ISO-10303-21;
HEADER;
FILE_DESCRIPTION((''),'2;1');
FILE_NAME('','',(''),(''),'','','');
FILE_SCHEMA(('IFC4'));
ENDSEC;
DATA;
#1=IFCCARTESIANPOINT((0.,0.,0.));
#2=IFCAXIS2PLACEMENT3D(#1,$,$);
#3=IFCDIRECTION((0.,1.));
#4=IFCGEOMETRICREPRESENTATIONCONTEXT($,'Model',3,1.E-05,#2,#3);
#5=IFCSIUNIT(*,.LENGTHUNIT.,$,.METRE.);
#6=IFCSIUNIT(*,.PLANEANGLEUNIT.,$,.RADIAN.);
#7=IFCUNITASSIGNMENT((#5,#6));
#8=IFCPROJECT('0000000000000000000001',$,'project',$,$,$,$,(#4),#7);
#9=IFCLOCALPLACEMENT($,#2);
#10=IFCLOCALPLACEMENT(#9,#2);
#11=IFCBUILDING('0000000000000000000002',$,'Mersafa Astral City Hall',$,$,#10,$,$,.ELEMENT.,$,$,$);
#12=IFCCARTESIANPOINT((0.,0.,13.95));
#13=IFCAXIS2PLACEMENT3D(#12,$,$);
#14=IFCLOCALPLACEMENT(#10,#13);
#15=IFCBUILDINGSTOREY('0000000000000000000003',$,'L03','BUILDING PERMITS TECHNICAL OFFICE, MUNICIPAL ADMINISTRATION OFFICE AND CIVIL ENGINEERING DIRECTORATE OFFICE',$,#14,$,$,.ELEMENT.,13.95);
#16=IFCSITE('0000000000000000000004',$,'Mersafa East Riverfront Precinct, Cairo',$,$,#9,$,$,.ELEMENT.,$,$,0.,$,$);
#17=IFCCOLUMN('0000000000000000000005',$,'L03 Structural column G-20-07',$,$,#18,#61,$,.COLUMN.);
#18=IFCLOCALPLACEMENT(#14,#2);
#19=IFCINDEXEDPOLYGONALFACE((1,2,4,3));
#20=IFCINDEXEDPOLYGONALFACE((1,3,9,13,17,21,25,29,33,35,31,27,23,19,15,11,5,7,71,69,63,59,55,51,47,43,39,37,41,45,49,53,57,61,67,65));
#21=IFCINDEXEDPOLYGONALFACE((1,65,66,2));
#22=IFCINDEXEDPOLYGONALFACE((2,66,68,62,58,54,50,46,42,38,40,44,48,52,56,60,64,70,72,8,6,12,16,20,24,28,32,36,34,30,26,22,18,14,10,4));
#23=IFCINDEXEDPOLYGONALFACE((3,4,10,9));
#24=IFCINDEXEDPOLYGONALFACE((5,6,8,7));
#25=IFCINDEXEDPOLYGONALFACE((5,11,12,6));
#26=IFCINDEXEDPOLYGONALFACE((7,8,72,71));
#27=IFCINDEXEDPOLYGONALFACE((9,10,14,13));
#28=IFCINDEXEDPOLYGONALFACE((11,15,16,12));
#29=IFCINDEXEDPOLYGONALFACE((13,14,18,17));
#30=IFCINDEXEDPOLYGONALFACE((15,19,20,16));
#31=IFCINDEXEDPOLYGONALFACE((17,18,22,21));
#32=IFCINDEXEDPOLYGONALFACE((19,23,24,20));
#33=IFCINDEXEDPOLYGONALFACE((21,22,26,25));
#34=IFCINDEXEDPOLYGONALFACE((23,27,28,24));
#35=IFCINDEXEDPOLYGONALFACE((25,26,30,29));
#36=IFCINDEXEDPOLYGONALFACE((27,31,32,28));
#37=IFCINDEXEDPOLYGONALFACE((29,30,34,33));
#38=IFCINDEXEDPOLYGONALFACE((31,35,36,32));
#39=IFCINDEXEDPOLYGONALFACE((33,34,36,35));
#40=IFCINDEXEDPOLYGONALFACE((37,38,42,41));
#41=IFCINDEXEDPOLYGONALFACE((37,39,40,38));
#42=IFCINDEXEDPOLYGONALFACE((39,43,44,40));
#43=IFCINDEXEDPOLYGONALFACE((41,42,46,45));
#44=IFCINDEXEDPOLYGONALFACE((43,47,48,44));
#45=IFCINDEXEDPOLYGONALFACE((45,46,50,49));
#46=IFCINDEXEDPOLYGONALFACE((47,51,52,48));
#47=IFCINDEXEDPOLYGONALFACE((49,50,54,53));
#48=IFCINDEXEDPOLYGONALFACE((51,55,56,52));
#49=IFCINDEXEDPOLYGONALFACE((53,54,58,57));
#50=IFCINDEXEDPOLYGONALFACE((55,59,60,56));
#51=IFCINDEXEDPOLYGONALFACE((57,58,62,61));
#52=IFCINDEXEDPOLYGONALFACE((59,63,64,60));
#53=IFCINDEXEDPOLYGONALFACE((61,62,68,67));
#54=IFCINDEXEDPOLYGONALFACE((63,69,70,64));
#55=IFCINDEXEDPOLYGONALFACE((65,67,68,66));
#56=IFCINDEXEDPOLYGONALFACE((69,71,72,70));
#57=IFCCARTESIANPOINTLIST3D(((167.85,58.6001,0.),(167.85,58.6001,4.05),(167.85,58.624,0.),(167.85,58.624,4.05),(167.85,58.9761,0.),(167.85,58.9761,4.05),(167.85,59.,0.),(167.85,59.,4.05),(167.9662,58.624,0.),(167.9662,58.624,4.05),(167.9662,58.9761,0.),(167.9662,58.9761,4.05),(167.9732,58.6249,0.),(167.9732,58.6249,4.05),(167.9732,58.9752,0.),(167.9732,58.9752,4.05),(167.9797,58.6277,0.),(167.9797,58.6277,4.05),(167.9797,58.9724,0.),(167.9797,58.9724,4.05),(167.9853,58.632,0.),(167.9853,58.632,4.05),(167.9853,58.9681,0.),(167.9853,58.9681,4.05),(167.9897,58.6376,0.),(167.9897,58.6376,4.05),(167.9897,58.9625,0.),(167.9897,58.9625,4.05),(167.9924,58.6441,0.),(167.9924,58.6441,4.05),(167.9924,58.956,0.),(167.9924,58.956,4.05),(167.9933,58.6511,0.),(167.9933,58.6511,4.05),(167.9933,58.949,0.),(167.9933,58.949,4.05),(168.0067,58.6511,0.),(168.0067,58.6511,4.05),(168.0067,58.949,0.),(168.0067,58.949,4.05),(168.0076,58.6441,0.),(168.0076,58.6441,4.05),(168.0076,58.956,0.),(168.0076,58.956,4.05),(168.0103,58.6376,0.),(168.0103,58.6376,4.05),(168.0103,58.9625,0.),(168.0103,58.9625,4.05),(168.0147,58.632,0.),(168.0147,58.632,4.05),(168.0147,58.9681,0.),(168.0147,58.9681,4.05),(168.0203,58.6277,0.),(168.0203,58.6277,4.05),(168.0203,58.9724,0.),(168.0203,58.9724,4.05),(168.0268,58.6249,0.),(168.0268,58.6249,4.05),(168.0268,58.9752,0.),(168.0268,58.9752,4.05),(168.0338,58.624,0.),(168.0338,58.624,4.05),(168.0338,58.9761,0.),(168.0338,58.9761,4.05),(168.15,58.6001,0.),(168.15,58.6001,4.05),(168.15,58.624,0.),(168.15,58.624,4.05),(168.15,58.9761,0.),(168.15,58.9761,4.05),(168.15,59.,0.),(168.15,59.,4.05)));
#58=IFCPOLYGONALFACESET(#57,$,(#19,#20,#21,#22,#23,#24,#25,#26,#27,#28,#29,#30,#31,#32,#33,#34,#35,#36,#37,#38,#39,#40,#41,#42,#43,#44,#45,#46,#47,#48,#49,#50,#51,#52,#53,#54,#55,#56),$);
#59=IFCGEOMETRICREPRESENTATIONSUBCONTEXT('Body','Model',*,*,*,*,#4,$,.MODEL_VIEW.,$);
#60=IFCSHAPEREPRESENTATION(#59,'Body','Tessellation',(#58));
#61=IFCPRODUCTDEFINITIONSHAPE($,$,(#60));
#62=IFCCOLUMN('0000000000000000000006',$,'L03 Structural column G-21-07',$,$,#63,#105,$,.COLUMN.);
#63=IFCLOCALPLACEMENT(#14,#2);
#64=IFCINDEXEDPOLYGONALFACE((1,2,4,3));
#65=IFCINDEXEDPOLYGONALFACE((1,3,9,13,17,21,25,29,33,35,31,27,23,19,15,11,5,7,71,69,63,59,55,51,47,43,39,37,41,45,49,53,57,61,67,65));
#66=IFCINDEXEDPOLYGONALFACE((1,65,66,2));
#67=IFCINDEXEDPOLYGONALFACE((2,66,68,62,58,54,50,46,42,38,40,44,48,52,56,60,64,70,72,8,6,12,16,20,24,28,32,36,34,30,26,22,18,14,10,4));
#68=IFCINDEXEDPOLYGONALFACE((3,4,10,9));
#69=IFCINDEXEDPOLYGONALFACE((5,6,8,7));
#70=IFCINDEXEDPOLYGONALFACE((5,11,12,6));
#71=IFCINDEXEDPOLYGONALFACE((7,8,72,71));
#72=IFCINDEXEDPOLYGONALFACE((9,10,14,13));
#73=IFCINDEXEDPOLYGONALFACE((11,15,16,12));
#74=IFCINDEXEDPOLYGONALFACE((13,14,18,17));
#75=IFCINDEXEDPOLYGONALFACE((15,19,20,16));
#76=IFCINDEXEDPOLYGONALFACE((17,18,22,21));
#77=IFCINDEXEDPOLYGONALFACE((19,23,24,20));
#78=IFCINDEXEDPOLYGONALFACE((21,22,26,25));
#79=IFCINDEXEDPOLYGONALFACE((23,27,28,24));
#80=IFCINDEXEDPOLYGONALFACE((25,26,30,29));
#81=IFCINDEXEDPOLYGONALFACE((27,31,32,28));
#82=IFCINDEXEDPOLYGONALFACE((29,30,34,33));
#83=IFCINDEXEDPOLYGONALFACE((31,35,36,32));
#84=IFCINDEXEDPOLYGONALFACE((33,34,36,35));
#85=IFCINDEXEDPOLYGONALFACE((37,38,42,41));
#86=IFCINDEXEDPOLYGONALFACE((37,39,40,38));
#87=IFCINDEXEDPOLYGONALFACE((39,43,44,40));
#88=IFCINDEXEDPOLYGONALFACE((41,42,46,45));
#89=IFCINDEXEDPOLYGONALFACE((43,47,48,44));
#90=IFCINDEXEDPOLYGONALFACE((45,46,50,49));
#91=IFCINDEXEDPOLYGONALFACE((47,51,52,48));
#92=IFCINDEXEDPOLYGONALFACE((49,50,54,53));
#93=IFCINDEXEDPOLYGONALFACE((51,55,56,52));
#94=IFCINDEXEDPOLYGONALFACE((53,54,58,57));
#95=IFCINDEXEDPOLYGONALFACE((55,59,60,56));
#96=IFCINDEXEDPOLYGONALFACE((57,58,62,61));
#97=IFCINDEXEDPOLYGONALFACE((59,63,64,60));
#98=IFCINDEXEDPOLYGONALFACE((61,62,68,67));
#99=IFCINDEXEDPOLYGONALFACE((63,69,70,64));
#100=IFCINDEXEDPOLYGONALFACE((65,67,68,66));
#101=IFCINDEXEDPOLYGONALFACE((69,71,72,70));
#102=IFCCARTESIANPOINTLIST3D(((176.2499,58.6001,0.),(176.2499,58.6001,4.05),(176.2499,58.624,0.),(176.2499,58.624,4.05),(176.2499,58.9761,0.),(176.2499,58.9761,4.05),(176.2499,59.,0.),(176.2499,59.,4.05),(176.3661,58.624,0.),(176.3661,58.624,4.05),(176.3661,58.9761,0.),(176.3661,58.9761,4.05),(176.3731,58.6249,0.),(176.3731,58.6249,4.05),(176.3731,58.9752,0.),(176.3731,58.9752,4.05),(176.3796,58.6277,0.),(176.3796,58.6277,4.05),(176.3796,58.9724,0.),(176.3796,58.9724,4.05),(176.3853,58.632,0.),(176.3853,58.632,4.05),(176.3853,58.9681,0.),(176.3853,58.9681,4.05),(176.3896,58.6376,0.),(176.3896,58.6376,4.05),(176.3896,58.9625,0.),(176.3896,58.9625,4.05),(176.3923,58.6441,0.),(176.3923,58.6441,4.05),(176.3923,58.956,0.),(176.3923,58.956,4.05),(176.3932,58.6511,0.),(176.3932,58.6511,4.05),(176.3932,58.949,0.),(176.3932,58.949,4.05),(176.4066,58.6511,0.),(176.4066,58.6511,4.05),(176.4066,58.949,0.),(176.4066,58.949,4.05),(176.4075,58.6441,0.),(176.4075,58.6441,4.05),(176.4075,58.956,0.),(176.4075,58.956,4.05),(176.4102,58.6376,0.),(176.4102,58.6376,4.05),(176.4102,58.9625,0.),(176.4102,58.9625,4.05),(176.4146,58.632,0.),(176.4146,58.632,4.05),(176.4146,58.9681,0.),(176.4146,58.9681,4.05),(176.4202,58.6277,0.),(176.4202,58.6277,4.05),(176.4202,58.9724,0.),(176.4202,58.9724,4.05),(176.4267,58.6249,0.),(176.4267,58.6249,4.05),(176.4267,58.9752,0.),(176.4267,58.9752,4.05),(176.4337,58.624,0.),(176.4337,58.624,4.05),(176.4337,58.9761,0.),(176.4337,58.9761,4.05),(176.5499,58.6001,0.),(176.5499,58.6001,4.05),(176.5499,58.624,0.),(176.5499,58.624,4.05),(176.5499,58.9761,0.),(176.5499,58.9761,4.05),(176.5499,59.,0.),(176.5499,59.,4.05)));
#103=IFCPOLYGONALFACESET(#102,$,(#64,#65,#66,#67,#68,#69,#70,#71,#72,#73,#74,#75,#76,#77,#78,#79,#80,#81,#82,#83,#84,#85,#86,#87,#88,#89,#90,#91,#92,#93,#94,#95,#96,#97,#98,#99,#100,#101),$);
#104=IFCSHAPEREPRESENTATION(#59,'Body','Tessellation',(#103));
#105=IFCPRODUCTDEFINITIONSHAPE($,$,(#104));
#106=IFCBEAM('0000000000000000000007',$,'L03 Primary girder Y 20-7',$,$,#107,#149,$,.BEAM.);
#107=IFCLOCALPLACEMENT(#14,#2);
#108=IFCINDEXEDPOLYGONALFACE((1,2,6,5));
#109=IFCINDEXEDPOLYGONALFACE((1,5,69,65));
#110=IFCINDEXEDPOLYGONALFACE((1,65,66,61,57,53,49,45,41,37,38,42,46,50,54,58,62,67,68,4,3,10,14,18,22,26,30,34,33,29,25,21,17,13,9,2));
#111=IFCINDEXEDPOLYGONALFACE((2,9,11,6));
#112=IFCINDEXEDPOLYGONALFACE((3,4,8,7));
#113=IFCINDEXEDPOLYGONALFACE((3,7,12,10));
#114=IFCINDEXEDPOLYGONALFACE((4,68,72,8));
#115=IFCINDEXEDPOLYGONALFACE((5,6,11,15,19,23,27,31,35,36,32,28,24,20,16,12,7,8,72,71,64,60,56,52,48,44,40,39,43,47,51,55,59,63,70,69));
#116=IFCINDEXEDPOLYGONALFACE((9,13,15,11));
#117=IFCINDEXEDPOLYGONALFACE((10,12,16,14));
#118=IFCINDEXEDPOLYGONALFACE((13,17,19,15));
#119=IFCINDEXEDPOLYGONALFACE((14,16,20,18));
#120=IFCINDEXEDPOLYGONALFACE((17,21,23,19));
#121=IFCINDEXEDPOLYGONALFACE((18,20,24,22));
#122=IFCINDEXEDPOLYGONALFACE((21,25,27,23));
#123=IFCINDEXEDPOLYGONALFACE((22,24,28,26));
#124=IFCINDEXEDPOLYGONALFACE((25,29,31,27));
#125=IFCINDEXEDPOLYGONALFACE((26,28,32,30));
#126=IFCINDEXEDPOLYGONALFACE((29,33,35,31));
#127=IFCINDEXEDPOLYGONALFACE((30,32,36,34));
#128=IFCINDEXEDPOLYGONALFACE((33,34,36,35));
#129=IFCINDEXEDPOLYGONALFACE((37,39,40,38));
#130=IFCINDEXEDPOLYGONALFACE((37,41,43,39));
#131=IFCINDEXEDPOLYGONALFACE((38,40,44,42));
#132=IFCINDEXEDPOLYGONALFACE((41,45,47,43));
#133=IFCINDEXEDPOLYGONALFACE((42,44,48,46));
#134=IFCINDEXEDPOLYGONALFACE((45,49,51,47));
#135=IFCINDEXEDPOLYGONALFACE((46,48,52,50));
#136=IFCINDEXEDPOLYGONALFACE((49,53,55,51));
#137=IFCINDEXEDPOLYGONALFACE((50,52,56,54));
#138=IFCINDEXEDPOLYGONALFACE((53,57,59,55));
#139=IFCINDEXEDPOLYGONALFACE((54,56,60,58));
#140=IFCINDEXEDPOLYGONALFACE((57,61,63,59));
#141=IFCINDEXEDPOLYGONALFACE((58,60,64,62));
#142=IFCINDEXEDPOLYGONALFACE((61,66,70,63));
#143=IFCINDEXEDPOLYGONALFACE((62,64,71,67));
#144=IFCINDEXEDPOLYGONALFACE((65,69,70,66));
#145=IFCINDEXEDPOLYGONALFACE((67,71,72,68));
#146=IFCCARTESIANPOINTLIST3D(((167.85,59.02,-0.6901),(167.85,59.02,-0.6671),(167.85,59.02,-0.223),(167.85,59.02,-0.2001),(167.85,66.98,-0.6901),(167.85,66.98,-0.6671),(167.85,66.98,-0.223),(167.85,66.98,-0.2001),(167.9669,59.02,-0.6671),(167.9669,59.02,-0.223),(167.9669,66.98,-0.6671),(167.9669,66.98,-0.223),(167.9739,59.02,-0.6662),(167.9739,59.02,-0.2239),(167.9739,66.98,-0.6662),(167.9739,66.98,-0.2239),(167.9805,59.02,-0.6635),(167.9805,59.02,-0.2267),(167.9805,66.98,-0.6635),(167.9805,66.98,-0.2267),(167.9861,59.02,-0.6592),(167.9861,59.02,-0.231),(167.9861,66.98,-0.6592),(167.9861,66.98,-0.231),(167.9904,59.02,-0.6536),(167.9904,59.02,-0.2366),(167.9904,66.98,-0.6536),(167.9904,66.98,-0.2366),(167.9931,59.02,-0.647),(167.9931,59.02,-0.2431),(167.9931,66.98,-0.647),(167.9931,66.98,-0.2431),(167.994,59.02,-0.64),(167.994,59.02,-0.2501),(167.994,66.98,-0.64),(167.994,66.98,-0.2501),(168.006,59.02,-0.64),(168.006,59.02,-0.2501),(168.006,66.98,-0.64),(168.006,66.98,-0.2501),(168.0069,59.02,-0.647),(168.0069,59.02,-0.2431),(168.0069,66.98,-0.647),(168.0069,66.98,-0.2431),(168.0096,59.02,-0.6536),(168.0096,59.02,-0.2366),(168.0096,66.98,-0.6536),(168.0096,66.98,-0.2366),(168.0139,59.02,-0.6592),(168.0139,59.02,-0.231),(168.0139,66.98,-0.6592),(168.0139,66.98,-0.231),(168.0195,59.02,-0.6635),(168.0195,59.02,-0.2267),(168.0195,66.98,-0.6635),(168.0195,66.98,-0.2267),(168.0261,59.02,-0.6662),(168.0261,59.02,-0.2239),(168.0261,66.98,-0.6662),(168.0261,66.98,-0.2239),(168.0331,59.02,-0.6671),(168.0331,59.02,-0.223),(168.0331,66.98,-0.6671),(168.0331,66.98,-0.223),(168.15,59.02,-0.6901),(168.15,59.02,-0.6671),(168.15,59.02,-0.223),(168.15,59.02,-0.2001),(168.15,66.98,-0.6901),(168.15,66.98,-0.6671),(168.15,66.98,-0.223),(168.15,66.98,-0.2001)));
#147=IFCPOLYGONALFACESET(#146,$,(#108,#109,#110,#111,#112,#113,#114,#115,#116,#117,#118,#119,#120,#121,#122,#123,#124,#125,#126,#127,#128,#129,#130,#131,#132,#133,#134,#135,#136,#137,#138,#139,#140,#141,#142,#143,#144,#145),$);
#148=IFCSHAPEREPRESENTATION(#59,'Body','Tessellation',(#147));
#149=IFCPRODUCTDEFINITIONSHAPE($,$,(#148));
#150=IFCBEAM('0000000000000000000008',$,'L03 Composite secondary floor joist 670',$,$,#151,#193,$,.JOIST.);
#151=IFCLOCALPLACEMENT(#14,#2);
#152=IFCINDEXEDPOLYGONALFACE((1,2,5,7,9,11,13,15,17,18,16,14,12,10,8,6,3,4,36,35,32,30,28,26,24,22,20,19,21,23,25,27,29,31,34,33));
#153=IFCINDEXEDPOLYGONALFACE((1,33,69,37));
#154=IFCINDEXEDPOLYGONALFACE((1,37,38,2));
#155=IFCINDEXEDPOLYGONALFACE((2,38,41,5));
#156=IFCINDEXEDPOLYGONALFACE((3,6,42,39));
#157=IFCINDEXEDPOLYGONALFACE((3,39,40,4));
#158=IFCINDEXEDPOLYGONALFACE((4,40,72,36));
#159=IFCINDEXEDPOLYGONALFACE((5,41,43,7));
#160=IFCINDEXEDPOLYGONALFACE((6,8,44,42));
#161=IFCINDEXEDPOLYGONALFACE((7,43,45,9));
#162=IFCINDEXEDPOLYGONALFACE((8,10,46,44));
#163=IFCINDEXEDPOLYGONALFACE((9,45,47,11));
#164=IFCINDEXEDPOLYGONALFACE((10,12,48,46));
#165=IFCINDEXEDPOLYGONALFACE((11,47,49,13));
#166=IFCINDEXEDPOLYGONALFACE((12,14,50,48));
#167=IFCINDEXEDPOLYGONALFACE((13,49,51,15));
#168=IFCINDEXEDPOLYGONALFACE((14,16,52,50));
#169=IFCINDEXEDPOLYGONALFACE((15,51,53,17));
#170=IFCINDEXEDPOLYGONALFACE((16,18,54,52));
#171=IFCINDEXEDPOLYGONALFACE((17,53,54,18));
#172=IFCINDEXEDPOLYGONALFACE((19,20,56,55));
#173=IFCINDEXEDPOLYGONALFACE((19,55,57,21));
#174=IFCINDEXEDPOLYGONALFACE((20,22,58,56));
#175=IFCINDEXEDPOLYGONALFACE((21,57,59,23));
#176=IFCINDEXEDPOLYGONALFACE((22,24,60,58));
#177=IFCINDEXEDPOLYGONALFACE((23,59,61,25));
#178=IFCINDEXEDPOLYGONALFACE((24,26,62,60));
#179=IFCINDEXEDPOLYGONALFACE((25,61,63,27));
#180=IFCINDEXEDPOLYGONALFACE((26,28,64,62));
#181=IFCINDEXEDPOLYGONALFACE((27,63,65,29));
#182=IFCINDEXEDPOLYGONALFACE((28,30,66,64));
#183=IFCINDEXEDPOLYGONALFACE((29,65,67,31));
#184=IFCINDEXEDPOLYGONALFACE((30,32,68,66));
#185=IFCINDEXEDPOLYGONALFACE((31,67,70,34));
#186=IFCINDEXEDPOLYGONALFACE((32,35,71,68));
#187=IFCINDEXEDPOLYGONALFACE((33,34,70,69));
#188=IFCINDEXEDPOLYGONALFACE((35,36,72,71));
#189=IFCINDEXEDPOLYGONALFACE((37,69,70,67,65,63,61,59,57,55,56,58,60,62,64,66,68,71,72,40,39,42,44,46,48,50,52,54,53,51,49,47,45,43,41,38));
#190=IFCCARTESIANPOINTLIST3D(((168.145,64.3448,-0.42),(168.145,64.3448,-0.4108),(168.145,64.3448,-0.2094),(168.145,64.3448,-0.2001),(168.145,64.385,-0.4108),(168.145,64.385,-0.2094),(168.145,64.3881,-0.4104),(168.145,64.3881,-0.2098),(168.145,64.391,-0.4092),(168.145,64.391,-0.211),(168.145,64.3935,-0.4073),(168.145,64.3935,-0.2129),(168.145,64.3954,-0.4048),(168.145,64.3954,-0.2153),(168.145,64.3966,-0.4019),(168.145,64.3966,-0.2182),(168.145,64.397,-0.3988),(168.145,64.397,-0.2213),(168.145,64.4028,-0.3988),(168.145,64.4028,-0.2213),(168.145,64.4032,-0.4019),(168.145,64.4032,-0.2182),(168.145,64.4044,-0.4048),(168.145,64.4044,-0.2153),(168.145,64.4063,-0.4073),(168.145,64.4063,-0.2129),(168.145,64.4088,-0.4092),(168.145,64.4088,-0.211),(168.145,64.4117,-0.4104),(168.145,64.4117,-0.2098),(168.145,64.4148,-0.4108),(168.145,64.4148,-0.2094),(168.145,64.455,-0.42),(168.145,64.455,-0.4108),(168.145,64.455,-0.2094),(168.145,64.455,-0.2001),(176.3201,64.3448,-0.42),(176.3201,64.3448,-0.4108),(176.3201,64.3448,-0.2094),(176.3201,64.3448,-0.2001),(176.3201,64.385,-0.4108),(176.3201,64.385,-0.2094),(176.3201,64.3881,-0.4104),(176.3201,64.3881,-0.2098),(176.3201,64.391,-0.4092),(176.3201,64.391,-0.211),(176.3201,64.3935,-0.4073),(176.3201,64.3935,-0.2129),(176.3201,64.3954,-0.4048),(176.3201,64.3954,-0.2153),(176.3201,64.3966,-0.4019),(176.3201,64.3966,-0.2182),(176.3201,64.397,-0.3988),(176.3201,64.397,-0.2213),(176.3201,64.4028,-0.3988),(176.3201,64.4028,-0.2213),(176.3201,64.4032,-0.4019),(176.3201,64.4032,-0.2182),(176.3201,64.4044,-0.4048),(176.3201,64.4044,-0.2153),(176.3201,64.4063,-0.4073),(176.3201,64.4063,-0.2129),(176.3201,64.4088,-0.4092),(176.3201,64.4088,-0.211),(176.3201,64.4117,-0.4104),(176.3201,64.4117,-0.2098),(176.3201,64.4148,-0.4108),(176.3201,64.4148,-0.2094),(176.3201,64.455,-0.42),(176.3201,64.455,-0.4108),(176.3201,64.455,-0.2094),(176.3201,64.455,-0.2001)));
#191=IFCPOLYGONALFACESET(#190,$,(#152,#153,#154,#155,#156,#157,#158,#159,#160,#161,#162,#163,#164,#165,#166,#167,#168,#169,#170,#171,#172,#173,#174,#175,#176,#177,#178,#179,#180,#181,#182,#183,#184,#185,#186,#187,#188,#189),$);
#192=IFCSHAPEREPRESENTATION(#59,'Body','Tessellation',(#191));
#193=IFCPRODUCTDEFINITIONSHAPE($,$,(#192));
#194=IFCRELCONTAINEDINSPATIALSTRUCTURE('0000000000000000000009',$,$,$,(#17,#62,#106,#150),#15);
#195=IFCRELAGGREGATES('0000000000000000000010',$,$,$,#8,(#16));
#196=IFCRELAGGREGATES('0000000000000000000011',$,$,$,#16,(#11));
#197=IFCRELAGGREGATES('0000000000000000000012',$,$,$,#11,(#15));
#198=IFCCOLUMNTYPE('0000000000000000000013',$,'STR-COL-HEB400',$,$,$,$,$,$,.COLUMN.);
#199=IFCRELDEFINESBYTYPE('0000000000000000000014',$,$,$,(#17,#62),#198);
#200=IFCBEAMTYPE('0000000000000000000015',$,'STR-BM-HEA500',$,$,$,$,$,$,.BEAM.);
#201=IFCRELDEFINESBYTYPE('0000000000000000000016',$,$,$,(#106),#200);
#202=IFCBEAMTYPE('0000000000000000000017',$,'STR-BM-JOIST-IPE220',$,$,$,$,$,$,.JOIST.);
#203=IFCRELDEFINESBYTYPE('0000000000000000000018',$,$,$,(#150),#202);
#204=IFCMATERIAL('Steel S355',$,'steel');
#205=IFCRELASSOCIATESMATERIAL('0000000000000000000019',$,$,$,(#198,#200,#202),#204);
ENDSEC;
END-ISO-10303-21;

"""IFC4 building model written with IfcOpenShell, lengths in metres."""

from ifc_helpers import new_model, si_unit, direction, frame, origin, origin_2d, place, context, subcontext, project, spatial, i_section, extrude, material, material_profile, profile_set, type_object, element, save


model = new_model("IFC4")

# Units and contexts
model_context = context("Model", 3, precision=1e-05, world=origin(), true_north=direction((0.0, 1.0)))
body_context = subcontext(model_context, "Body", "Model", "MODEL_VIEW")
ifc_project = project(units=[si_unit("LENGTHUNIT", "METRE"), si_unit("PLANEANGLEUNIT", "RADIAN")], contexts=[model_context])

# Site, building, storey
site_placement = place(None, origin())
site = spatial("IfcSite", under=ifc_project, at=site_placement, Name="Mersafa East Riverfront Precinct, Cairo", CompositionType="ELEMENT", RefElevation=0.0)
building_placement = place(site_placement, origin())
building = spatial("IfcBuilding", under=site, at=building_placement, Name="Mersafa Astral City Hall", CompositionType="ELEMENT")
storey_placement = place(building_placement, frame((0.0, 0.0, 13.95)))
storey = spatial("IfcBuildingStorey", under=building, at=storey_placement, Name="L03", Description="BUILDING PERMITS TECHNICAL OFFICE, MUNICIPAL ADMINISTRATION OFFICE AND CIVIL ENGINEERING DIRECTORATE OFFICE", CompositionType="ELEMENT", Elevation=13.95)

# Columns
ifc_material_1 = material(Name="Steel S355", Category="steel")
ifc_material_profile_1 = material_profile(ifc_material_1, i_section(OverallWidth=0.3, OverallDepth=0.3999, WebThickness=0.0134, FlangeThickness=0.0239, FilletRadius=0.0271, at=origin_2d()), Name="HEB 400")
ifc_profile_set_1 = profile_set([ifc_material_profile_1], Name="Steel S355")
column_type = type_object("IfcColumnType", Name="STR-COL-HEB400", PredefinedType="COLUMN", material=ifc_profile_set_1)
for number, where, z_axis, x_axis, name in (
    (1, (168.0, 58.8, 0.0), (0.0, 0.0, 1.0), (1.0, 0.0, 0.0), "L03 Structural column G-20-07"),
    (2, (176.3999, 58.8, 0.0), (0.0, 0.0, 1.0), (1.0, 0.0, 0.0), "L03 Structural column G-21-07"),
):
    element("IfcColumn", number, at=place(storey_placement, frame(where, z_axis=z_axis, x_axis=x_axis)), inside=storey, type_object=column_type, Name=name, PredefinedType="COLUMN", context=body_context, shape_type="SweptSolid", body=[
        extrude(i_section(OverallWidth=0.3, OverallDepth=0.3999, WebThickness=0.0134, FlangeThickness=0.0239, FilletRadius=0.0271, at=origin_2d()), origin(), (0.0, 0.0, 1.0), 4.05),
    ])

# Beams
ifc_material_profile_2 = material_profile(ifc_material_1, i_section(OverallWidth=0.3, OverallDepth=0.49, WebThickness=0.012, FlangeThickness=0.0229, FilletRadius=0.0271, at=origin_2d()), Name="HEA 500")
ifc_profile_set_2 = profile_set([ifc_material_profile_2], Name="Steel S355")
beam_type_1 = type_object("IfcBeamType", Name="STR-BM-HEA500", PredefinedType="BEAM", material=ifc_profile_set_2)
beam_1_placement = place(storey_placement, frame((168.0, 59.02, -0.4451), z_axis=(0.0, 1.0, 0.0), x_axis=(-1.0, 0.0, 0.0)))
element("IfcBeam", 3, at=beam_1_placement, inside=storey, type_object=beam_type_1, Name="L03 Primary girder Y 20-7", PredefinedType="BEAM", context=body_context, shape_type="SweptSolid", body=[
    extrude(i_section(OverallWidth=0.3, OverallDepth=0.49, WebThickness=0.012, FlangeThickness=0.0229, FilletRadius=0.0271, at=origin_2d()), origin(), (0.0, 0.0, 1.0), 7.96),
])
ifc_material_profile_3 = material_profile(ifc_material_1, i_section(OverallWidth=0.1101, OverallDepth=0.22, WebThickness=0.0059, FlangeThickness=0.0093, FilletRadius=0.012, at=origin_2d()), Name="IPE 220")
ifc_profile_set_3 = profile_set([ifc_material_profile_3], Name="Steel S355")
beam_type_2 = type_object("IfcBeamType", Name="STR-BM-JOIST-IPE220", PredefinedType="JOIST", material=ifc_profile_set_3)
beam_2_placement = place(storey_placement, frame((168.145, 64.3999, -0.3101), z_axis=(1.0, 0.0, 0.0), x_axis=(0.0, 1.0, 0.0)))
element("IfcBeam", 4, at=beam_2_placement, inside=storey, type_object=beam_type_2, Name="L03 Composite secondary floor joist 670", PredefinedType="JOIST", context=body_context, shape_type="SweptSolid", body=[
    extrude(i_section(OverallWidth=0.1101, OverallDepth=0.22, WebThickness=0.0059, FlangeThickness=0.0093, FilletRadius=0.012, at=origin_2d()), origin(), (0.0, 0.0, 1.0), 8.175),
])

save(model, "model.ifc")
